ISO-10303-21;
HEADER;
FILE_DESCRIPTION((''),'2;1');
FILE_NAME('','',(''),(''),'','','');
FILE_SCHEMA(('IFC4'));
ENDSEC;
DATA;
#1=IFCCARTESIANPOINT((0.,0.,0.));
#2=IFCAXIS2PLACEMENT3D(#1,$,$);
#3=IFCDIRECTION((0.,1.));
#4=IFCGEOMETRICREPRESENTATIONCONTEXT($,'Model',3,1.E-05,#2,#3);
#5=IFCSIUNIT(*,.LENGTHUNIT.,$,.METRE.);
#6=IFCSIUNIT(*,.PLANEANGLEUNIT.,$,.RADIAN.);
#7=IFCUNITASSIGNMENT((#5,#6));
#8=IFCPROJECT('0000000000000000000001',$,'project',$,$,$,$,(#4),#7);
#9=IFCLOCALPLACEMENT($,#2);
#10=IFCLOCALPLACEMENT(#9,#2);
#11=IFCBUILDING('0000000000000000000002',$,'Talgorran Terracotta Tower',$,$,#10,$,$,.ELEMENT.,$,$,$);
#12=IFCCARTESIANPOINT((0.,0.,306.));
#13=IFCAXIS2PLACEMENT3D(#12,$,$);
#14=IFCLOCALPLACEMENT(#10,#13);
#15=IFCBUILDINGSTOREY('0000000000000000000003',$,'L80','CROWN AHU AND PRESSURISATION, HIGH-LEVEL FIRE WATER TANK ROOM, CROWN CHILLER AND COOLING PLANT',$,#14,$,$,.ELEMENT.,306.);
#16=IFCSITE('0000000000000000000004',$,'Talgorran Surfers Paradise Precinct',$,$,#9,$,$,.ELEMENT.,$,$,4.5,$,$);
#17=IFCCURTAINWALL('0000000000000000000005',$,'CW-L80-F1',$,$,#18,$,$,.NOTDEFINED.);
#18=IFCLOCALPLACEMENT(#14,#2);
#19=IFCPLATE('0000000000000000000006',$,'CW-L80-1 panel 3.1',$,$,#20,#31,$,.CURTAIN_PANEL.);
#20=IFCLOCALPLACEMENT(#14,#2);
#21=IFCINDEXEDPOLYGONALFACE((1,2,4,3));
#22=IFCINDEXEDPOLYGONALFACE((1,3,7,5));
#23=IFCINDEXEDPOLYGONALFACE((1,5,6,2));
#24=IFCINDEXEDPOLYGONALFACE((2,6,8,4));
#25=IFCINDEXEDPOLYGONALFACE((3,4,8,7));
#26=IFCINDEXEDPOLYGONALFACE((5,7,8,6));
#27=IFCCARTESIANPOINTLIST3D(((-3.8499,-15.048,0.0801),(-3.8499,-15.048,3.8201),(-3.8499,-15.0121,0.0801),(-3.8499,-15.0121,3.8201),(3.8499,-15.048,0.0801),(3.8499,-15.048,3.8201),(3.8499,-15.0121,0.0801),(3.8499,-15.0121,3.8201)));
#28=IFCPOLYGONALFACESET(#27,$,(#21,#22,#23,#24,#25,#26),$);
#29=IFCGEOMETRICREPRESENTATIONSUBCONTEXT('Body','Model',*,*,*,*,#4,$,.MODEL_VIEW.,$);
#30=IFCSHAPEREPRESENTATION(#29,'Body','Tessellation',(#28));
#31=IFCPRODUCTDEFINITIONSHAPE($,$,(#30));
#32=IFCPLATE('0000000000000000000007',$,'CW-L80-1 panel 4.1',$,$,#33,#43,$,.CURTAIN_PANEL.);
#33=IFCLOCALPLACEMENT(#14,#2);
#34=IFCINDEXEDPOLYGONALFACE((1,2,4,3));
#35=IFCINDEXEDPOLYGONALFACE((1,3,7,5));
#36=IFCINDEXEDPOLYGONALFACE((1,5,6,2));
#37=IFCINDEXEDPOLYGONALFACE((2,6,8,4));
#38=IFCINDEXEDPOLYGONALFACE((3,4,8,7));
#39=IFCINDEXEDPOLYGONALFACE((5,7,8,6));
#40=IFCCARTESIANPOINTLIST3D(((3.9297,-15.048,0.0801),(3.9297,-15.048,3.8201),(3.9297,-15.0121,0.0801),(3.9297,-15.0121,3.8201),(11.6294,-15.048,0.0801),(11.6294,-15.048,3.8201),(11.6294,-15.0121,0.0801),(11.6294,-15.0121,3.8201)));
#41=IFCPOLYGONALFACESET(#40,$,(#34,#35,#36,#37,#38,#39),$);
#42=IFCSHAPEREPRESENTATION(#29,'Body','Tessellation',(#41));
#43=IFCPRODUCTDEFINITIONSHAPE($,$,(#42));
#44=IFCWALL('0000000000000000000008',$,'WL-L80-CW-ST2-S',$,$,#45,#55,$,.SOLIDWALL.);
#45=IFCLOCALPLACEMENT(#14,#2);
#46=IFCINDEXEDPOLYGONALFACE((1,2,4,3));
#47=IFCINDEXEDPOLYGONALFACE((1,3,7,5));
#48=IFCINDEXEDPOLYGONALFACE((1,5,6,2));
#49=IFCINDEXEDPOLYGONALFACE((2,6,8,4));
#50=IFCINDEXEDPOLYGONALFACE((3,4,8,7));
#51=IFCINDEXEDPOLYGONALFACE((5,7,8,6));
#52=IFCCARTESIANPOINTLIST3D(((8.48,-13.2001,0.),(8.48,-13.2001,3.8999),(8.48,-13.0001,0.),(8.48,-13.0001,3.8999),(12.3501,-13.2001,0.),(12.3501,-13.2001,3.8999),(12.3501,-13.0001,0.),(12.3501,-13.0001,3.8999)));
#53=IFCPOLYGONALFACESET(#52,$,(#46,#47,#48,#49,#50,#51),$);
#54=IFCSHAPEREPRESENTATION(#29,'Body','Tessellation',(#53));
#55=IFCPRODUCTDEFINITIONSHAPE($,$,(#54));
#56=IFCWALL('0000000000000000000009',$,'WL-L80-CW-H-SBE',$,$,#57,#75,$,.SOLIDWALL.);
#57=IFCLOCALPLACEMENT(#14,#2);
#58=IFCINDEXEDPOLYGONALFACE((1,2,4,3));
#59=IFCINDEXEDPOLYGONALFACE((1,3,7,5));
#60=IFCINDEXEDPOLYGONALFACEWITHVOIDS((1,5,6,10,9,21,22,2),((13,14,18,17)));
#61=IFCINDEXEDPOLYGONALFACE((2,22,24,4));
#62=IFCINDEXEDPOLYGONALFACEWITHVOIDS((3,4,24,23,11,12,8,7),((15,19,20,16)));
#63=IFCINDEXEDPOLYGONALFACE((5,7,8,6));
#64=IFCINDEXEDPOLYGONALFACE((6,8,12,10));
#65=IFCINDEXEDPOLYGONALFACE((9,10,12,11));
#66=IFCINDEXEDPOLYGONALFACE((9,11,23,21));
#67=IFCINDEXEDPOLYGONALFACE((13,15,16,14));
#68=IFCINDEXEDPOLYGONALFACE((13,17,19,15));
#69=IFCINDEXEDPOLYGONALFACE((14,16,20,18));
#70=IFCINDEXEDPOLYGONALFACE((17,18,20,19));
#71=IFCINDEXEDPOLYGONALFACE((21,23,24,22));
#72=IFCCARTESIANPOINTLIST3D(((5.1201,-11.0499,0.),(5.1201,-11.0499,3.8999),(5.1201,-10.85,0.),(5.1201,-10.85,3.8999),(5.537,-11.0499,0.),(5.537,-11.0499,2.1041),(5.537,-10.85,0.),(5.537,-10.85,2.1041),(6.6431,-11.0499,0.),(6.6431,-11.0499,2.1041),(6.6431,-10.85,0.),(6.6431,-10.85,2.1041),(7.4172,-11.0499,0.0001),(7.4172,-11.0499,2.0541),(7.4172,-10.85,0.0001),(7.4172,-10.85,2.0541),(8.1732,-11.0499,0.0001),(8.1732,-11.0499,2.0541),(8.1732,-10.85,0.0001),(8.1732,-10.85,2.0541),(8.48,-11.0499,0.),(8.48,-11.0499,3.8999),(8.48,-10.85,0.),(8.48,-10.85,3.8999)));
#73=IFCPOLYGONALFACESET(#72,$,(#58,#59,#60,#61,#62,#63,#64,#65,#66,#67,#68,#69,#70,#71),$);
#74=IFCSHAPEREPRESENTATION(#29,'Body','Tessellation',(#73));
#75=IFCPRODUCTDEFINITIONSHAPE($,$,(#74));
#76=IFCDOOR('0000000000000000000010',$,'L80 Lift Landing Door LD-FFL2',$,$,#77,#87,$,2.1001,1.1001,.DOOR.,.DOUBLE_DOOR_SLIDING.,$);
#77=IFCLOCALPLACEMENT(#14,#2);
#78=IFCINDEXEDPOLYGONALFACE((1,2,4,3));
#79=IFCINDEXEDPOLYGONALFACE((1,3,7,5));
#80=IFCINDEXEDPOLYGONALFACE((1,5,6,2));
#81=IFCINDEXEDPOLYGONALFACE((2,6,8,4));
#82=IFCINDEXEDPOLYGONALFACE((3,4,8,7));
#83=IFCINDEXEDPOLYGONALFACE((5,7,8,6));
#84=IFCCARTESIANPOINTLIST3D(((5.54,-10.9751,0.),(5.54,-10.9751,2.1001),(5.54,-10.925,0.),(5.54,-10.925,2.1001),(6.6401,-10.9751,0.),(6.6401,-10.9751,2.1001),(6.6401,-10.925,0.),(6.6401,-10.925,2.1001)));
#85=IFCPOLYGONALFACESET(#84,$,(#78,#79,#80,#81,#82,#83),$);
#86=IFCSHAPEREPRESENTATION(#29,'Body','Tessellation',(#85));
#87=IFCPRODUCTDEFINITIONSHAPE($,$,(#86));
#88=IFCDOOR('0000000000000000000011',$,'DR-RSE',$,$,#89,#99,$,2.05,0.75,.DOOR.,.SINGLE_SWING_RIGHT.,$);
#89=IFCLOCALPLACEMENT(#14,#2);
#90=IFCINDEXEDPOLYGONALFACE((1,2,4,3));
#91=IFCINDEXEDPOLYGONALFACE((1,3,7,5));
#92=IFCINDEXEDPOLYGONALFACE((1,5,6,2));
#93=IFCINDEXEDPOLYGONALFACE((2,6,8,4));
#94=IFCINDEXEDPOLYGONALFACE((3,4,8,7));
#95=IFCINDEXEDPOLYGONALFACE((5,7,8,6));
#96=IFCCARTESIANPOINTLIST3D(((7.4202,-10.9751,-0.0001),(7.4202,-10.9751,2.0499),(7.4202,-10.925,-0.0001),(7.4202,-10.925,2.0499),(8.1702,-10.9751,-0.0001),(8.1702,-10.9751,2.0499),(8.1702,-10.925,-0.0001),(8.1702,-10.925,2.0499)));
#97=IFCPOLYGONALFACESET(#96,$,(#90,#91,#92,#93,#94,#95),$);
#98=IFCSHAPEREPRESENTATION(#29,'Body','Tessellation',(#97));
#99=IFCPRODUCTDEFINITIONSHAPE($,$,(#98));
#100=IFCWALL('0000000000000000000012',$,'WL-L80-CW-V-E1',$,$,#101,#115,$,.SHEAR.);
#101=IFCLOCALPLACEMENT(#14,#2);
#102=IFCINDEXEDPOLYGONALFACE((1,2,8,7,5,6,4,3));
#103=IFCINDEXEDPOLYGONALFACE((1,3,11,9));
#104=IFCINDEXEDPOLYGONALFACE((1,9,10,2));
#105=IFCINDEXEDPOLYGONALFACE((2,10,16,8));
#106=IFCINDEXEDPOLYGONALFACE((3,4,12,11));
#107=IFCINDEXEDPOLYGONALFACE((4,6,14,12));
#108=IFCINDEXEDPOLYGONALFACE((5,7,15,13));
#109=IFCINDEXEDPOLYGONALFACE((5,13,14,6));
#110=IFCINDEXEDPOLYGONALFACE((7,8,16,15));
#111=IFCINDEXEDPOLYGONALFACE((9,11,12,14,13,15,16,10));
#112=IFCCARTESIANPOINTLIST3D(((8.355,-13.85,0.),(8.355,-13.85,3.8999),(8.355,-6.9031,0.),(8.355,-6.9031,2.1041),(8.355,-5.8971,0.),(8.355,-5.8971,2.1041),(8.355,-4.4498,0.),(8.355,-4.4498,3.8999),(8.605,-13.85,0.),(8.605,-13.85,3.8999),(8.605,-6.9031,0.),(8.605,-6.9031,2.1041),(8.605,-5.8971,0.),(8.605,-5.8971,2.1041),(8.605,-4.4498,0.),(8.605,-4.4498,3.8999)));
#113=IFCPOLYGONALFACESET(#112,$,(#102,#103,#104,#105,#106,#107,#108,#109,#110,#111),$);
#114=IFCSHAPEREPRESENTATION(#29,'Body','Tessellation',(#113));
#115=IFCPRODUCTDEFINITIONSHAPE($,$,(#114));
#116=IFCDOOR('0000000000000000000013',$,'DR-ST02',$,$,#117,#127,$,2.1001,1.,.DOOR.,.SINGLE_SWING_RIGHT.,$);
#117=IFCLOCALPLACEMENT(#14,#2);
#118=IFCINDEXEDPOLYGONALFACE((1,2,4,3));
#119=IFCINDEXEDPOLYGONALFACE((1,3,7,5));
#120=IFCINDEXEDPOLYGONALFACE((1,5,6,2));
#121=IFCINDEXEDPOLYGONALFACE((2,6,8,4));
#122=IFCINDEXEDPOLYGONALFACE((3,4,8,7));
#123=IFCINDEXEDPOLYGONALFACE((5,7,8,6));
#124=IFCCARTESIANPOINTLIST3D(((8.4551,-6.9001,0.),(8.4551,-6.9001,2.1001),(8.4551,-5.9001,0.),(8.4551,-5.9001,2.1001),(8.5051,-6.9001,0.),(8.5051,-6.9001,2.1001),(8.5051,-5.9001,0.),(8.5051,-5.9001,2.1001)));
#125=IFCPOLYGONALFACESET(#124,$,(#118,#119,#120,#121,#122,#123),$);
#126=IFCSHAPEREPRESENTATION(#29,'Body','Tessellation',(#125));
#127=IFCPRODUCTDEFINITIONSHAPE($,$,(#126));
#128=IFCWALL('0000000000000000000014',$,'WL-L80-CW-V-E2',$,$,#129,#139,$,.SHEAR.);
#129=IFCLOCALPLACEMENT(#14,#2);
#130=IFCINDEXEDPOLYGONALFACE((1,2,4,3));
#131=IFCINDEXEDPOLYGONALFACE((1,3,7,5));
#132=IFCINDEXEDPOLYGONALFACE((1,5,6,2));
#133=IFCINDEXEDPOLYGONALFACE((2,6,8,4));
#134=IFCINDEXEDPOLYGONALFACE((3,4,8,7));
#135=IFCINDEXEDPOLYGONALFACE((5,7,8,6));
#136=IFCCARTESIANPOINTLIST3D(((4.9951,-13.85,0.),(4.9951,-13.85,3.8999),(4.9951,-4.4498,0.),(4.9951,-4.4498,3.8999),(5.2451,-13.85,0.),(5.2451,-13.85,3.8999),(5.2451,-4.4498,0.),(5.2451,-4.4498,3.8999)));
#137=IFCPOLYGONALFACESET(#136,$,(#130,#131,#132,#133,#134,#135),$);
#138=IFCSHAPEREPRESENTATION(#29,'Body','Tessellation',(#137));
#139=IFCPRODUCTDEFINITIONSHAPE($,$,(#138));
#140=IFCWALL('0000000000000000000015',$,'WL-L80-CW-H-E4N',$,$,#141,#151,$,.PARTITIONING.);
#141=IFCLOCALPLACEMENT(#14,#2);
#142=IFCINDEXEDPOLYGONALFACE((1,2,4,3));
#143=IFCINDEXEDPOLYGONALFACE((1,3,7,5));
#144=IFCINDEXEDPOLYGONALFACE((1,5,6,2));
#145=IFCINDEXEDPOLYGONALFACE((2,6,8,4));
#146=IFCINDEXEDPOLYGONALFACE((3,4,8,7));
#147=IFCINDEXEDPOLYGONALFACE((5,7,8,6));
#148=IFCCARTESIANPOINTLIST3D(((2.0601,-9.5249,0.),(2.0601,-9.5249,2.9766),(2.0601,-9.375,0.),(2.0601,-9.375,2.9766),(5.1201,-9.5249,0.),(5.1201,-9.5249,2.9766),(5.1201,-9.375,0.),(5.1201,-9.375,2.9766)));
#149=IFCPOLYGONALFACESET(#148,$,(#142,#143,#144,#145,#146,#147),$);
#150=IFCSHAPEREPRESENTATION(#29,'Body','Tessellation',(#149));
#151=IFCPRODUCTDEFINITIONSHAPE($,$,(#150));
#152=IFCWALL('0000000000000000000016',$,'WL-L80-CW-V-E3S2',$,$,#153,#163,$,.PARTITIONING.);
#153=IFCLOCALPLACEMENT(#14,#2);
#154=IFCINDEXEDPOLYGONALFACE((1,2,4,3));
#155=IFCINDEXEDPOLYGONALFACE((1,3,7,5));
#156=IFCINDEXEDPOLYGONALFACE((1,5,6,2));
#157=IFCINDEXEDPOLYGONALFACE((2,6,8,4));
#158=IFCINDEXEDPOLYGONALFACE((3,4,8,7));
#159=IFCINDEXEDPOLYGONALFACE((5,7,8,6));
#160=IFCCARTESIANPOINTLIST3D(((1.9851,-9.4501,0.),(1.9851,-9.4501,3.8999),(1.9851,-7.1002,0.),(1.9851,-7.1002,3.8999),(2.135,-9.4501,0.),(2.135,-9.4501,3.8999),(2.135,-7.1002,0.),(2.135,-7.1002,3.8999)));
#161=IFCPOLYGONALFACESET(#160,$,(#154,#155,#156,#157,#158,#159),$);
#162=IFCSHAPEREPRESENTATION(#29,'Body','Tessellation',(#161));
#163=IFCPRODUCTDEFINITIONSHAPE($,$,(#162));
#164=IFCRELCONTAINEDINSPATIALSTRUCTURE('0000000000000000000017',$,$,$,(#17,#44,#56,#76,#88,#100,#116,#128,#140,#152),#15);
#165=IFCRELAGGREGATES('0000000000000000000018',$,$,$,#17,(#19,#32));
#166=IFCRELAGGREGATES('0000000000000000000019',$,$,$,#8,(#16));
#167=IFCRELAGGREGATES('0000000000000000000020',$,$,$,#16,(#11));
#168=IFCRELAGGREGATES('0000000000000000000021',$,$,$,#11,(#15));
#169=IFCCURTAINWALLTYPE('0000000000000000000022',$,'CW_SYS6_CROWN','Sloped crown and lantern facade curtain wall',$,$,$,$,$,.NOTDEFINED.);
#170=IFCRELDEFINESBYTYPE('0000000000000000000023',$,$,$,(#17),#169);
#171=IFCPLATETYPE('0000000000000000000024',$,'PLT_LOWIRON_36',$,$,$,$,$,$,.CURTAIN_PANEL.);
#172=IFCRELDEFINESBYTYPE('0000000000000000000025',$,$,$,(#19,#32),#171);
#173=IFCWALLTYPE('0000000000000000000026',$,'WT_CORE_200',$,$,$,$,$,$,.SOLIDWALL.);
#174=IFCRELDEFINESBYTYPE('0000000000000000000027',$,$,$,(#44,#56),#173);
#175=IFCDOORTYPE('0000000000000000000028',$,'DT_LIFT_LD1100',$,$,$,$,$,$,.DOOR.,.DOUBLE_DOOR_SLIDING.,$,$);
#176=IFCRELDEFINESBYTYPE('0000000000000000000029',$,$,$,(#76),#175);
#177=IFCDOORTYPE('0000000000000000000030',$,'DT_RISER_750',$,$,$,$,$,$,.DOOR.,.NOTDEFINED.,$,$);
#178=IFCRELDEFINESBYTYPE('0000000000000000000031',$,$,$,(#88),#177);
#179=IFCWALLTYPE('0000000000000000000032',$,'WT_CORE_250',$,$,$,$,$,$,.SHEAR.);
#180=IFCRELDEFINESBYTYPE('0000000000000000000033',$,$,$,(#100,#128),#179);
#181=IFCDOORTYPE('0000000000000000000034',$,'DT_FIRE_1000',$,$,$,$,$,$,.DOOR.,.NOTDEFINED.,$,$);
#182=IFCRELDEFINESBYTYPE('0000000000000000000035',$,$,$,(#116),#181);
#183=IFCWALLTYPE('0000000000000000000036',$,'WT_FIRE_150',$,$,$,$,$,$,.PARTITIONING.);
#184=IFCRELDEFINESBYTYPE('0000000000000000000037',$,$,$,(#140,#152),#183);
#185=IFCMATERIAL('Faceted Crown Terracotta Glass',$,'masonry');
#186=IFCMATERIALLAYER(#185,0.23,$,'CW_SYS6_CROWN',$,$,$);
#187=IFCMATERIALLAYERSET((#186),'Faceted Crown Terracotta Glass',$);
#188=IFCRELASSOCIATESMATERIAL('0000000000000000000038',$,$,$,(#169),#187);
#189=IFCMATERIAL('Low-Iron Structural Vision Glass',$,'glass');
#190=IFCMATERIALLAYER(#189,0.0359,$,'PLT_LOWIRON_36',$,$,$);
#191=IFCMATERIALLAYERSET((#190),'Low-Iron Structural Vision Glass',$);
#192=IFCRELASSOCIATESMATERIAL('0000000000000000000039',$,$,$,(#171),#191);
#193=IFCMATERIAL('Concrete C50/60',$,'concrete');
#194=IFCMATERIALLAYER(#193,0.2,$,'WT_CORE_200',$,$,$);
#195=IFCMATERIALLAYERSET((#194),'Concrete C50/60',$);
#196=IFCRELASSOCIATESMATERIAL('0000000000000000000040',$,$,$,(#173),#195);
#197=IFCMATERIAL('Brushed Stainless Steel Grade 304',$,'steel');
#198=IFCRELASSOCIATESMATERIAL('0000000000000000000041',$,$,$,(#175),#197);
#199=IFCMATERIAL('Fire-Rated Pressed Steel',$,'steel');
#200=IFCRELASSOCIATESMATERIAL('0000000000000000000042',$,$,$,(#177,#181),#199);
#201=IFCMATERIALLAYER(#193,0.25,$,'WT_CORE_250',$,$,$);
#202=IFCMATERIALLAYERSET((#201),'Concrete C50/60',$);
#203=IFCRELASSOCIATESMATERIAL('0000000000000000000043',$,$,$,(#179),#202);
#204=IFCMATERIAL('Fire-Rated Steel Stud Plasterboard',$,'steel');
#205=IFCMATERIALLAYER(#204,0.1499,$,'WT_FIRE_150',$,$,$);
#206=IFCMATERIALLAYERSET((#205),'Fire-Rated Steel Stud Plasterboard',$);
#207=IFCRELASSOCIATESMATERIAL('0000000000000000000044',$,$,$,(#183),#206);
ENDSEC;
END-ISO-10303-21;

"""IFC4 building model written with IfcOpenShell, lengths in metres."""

from ifc_helpers import new_model, si_unit, direction, frame, frame_2d, origin, origin_2d, place, context, subcontext, project, spatial, rectangle, extrude, source, transform, mapped, material, layer, layer_set, type_object, type_shapes, element, fill, aggregate, save


model = new_model("IFC4")

# Units and contexts
model_context = context("Model", 3, precision=1e-05, world=origin(), true_north=direction((0.0, 1.0)))
body_context = subcontext(model_context, "Body", "Model", "MODEL_VIEW")
ifc_project = project(units=[si_unit("LENGTHUNIT", "METRE"), si_unit("PLANEANGLEUNIT", "RADIAN")], contexts=[model_context])

# Site, building, storey
site_placement = place(None, origin())
site = spatial("IfcSite", under=ifc_project, at=site_placement, Name="Talgorran Surfers Paradise Precinct", CompositionType="ELEMENT", RefElevation=4.5)
building_placement = place(site_placement, origin())
building = spatial("IfcBuilding", under=site, at=building_placement, Name="Talgorran Terracotta Tower", CompositionType="ELEMENT")
storey_placement = place(building_placement, frame((0.0, 0.0, 306.0)))
storey = spatial("IfcBuildingStorey", under=building, at=storey_placement, Name="L80", Description="CROWN AHU AND PRESSURISATION, HIGH-LEVEL FIRE WATER TANK ROOM, CROWN CHILLER AND COOLING PLANT", CompositionType="ELEMENT", Elevation=306.0)

# Shared definitions
ifc_material_1 = material(Name="Concrete C50/60", Category="concrete")

# Curtain wall
ifc_material_2 = material(Name="Faceted Crown Terracotta Glass", Category="masonry")
ifc_layer_1 = layer(ifc_material_2, 0.23, Name="CW_SYS6_CROWN")
ifc_layer_set_1 = layer_set([ifc_layer_1], Name="Faceted Crown Terracotta Glass")
curtain_wall_type = type_object("IfcCurtainWallType", Name="CW_SYS6_CROWN", Description="Sloped crown and lantern facade curtain wall", PredefinedType="NOTDEFINED", material=ifc_layer_set_1)
curtain_wall_placement = place(storey_placement, origin())
curtain_wall = element("IfcCurtainWall", 1, at=curtain_wall_placement, inside=storey, type_object=curtain_wall_type, Name="CW-L80-F1", PredefinedType="NOTDEFINED")

# Plates
ifc_material_3 = material(Name="Low-Iron Structural Vision Glass", Category="glass")
ifc_layer_2 = layer(ifc_material_3, 0.0359, Name="PLT_LOWIRON_36")
ifc_layer_set_2 = layer_set([ifc_layer_2], Name="Low-Iron Structural Vision Glass")
plate_type_1 = type_object("IfcPlateType", Name="PLT_LOWIRON_36", PredefinedType="CURTAIN_PANEL", material=ifc_layer_set_2)
shared_shape_1 = source(origin(), body_context, "Body", "SweptSolid", [
    extrude(rectangle(XDim=7.6997, YDim=0.0359, at=origin_2d()), origin(), (0.0, 0.0, 1.0), 3.74),
])
type_shapes(plate_type_1, [shared_shape_1])
plate_1_placement = place(storey_placement, frame((0.0, -15.03, 0.0801), z_axis=(0.0, 0.0, 1.0), x_axis=(1.0, 0.0, 0.0)))
plate_1 = element("IfcPlate", 2, at=plate_1_placement, type_object=plate_type_1, Name="CW-L80-1 panel 3.1", PredefinedType="CURTAIN_PANEL", context=body_context, shape_type="MappedRepresentation", body=[
    mapped(shared_shape_1, transform((0.0, 0.0, 0.0), scale=1.0)),
])
plate_2_placement = place(storey_placement, frame((7.7795, -15.03, 0.0801), z_axis=(0.0, 0.0, 1.0), x_axis=(1.0, 0.0, 0.0)))
plate_2 = element("IfcPlate", 3, at=plate_2_placement, type_object=plate_type_1, Name="CW-L80-1 panel 4.1", PredefinedType="CURTAIN_PANEL", context=body_context, shape_type="MappedRepresentation", body=[
    mapped(shared_shape_1, transform((0.0, 0.0, 0.0), scale=1.0)),
])
aggregate(curtain_wall, [plate_1, plate_2])

# Wall
ifc_layer_3 = layer(ifc_material_1, 0.2, Name="WT_CORE_200")
ifc_layer_set_3 = layer_set([ifc_layer_3], Name="Concrete C50/60")
wall_type_1 = type_object("IfcWallType", Name="WT_CORE_200", PredefinedType="SOLIDWALL", material=ifc_layer_set_3)
wall_1_placement = place(storey_placement, frame((8.48, -13.1001, 0.0), z_axis=(0.0, 0.0, 1.0), x_axis=(1.0, 0.0, 0.0)))
element("IfcWall", 4, at=wall_1_placement, inside=storey, type_object=wall_type_1, Name="WL-L80-CW-ST2-S", PredefinedType="SOLIDWALL", context=body_context, shape_type="SweptSolid", body=[
    extrude(rectangle(XDim=3.8701, YDim=0.2, at=frame_2d((1.9351, 0.0))), origin(), (0.0, 0.0, 1.0), 3.8999),
])

# Wall, openings, doors
wall_2_placement = place(storey_placement, frame((5.1201, -10.95, 0.0), z_axis=(0.0, 0.0, 1.0), x_axis=(1.0, 0.0, 0.0)))
wall_2 = element("IfcWall", 5, at=wall_2_placement, inside=storey, type_object=wall_type_1, Name="WL-L80-CW-H-SBE", PredefinedType="SOLIDWALL", context=body_context, shape_type="SweptSolid", body=[
    extrude(rectangle(XDim=3.3599, YDim=0.2, at=frame_2d((1.6799, 0.0))), origin(), (0.0, 0.0, 1.0), 3.8999),
])
opening_1_placement = place(wall_2_placement, frame((0.4199, 0.0, 0.0)))
opening_1 = element("IfcOpeningElement", 6, at=opening_1_placement, cuts=wall_2, PredefinedType="OPENING", context=body_context, shape_type="SweptSolid", body=[
    extrude(rectangle(XDim=1.1061, YDim=2.1041, at=frame_2d((0.55, 1.052))), frame((0.0, 0.1099, 0.0), z_axis=(0.0, -1.0, 0.0), x_axis=(1.0, 0.0, 0.0)), (0.0, 0.0, 1.0), 0.22),
])
opening_2_placement = place(wall_2_placement, frame((2.3, 0.0, 0.0)))
opening_2 = element("IfcOpeningElement", 7, at=opening_2_placement, cuts=wall_2, PredefinedType="OPENING", context=body_context, shape_type="SweptSolid", body=[
    extrude(rectangle(XDim=0.756, YDim=2.054, at=frame_2d((0.375, 1.0271))), frame((0.0, 0.1099, 0.0), z_axis=(0.0, -1.0, 0.0), x_axis=(1.0, 0.0, 0.0)), (0.0, 0.0, 1.0), 0.22),
])
ifc_material_4 = material(Name="Brushed Stainless Steel Grade 304", Category="steel")
door_type_1 = type_object("IfcDoorType", Name="DT_LIFT_LD1100", OperationType="DOUBLE_DOOR_SLIDING", PredefinedType="DOOR", material=ifc_material_4)
door_1_placement = place(opening_1_placement, origin())
door_1 = element("IfcDoor", 8, at=door_1_placement, inside=storey, type_object=door_type_1, Name="L80 Lift Landing Door LD-FFL2", OperationType="DOUBLE_DOOR_SLIDING", OverallHeight=2.1001, OverallWidth=1.1001, PredefinedType="DOOR", context=body_context, shape_type="SweptSolid", body=[
    extrude(rectangle(XDim=1.1001, YDim=2.1001, at=frame_2d((0.55, 1.05))), frame((0.0, 0.0249, 0.0), z_axis=(0.0, -1.0, 0.0), x_axis=(1.0, 0.0, 0.0)), (0.0, 0.0, 1.0), 0.05),
])
fill(opening_1, door_1)
ifc_material_5 = material(Name="Fire-Rated Pressed Steel", Category="steel")
door_type_2 = type_object("IfcDoorType", Name="DT_RISER_750", OperationType="NOTDEFINED", PredefinedType="DOOR", material=ifc_material_5)
door_2_placement = place(opening_2_placement, origin())
door_2 = element("IfcDoor", 9, at=door_2_placement, inside=storey, type_object=door_type_2, Name="DR-RSE", OperationType="SINGLE_SWING_RIGHT", OverallHeight=2.05, OverallWidth=0.75, PredefinedType="DOOR", context=body_context, shape_type="SweptSolid", body=[
    extrude(rectangle(XDim=0.75, YDim=2.05, at=frame_2d((0.375, 1.0249))), frame((0.0, 0.0249, 0.0), z_axis=(0.0, -1.0, 0.0), x_axis=(1.0, 0.0, 0.0)), (0.0, 0.0, 1.0), 0.05),
])
fill(opening_2, door_2)

# Wall, opening, door
ifc_layer_4 = layer(ifc_material_1, 0.25, Name="WT_CORE_250")
ifc_layer_set_4 = layer_set([ifc_layer_4], Name="Concrete C50/60")
wall_type_2 = type_object("IfcWallType", Name="WT_CORE_250", PredefinedType="SHEAR", material=ifc_layer_set_4)
wall_3_placement = place(storey_placement, frame((8.48, -13.8501, 0.0), z_axis=(0.0, 0.0, 1.0), x_axis=(0.0, 1.0, 0.0)))
wall_3 = element("IfcWall", 10, at=wall_3_placement, inside=storey, type_object=wall_type_2, Name="WL-L80-CW-V-E1", PredefinedType="SHEAR", context=body_context, shape_type="SweptSolid", body=[
    extrude(rectangle(XDim=9.4001, YDim=0.25, at=frame_2d((4.7002, 0.0))), origin(), (0.0, 0.0, 1.0), 3.8999),
])
opening_3_placement = place(wall_3_placement, frame((6.95, 0.0, 0.0)))
opening_3 = element("IfcOpeningElement", 11, at=opening_3_placement, cuts=wall_3, PredefinedType="OPENING", context=body_context, shape_type="SweptSolid", body=[
    extrude(rectangle(XDim=1.006, YDim=2.1041, at=frame_2d((0.5, 1.052))), frame((0.0, 0.135, 0.0), z_axis=(0.0, -1.0, 0.0), x_axis=(1.0, 0.0, 0.0)), (0.0, 0.0, 1.0), 0.27),
])
door_type_3 = type_object("IfcDoorType", Name="DT_FIRE_1000", OperationType="NOTDEFINED", PredefinedType="DOOR", material=ifc_material_5)
door_3_placement = place(opening_3_placement, origin())
door_3 = element("IfcDoor", 12, at=door_3_placement, inside=storey, type_object=door_type_3, Name="DR-ST02", OperationType="SINGLE_SWING_RIGHT", OverallHeight=2.1001, OverallWidth=1.0, PredefinedType="DOOR", context=body_context, shape_type="SweptSolid", body=[
    extrude(rectangle(XDim=1.0, YDim=2.1001, at=frame_2d((0.5, 1.05))), frame((0.0, 0.0249, 0.0), z_axis=(0.0, -1.0, 0.0), x_axis=(1.0, 0.0, 0.0)), (0.0, 0.0, 1.0), 0.05),
])
fill(opening_3, door_3)

# Walls
wall_4_placement = place(storey_placement, frame((5.1201, -13.8501, 0.0), z_axis=(0.0, 0.0, 1.0), x_axis=(0.0, 1.0, 0.0)))
element("IfcWall", 13, at=wall_4_placement, inside=storey, type_object=wall_type_2, Name="WL-L80-CW-V-E2", PredefinedType="SHEAR", context=body_context, shape_type="SweptSolid", body=[
    extrude(rectangle(XDim=9.4001, YDim=0.25, at=frame_2d((4.7002, 0.0))), origin(), (0.0, 0.0, 1.0), 3.8999),
])
ifc_material_6 = material(Name="Fire-Rated Steel Stud Plasterboard", Category="steel")
ifc_layer_5 = layer(ifc_material_6, 0.1499, Name="WT_FIRE_150")
ifc_layer_set_5 = layer_set([ifc_layer_5], Name="Fire-Rated Steel Stud Plasterboard")
wall_type_3 = type_object("IfcWallType", Name="WT_FIRE_150", PredefinedType="PARTITIONING", material=ifc_layer_set_5)
wall_5_placement = place(storey_placement, frame((2.0601, -9.45, 0.0), z_axis=(0.0, 0.0, 1.0), x_axis=(1.0, 0.0, 0.0)))
element("IfcWall", 14, at=wall_5_placement, inside=storey, type_object=wall_type_3, Name="WL-L80-CW-H-E4N", PredefinedType="PARTITIONING", context=body_context, shape_type="SweptSolid", body=[
    extrude(rectangle(XDim=3.0601, YDim=0.1499, at=frame_2d((1.53, 0.0))), origin(), (0.0, 0.0, 1.0), 2.9766),
])
wall_6_placement = place(storey_placement, frame((2.0601, -9.45, 0.0), z_axis=(0.0, 0.0, 1.0), x_axis=(0.0, 1.0, 0.0)))
element("IfcWall", 15, at=wall_6_placement, inside=storey, type_object=wall_type_3, Name="WL-L80-CW-V-E3S2", PredefinedType="PARTITIONING", context=body_context, shape_type="SweptSolid", body=[
    extrude(rectangle(XDim=2.3499, YDim=0.1499, at=frame_2d((1.1748, 0.0))), origin(), (0.0, 0.0, 1.0), 3.8999),
])

save(model, "model.ifc")
